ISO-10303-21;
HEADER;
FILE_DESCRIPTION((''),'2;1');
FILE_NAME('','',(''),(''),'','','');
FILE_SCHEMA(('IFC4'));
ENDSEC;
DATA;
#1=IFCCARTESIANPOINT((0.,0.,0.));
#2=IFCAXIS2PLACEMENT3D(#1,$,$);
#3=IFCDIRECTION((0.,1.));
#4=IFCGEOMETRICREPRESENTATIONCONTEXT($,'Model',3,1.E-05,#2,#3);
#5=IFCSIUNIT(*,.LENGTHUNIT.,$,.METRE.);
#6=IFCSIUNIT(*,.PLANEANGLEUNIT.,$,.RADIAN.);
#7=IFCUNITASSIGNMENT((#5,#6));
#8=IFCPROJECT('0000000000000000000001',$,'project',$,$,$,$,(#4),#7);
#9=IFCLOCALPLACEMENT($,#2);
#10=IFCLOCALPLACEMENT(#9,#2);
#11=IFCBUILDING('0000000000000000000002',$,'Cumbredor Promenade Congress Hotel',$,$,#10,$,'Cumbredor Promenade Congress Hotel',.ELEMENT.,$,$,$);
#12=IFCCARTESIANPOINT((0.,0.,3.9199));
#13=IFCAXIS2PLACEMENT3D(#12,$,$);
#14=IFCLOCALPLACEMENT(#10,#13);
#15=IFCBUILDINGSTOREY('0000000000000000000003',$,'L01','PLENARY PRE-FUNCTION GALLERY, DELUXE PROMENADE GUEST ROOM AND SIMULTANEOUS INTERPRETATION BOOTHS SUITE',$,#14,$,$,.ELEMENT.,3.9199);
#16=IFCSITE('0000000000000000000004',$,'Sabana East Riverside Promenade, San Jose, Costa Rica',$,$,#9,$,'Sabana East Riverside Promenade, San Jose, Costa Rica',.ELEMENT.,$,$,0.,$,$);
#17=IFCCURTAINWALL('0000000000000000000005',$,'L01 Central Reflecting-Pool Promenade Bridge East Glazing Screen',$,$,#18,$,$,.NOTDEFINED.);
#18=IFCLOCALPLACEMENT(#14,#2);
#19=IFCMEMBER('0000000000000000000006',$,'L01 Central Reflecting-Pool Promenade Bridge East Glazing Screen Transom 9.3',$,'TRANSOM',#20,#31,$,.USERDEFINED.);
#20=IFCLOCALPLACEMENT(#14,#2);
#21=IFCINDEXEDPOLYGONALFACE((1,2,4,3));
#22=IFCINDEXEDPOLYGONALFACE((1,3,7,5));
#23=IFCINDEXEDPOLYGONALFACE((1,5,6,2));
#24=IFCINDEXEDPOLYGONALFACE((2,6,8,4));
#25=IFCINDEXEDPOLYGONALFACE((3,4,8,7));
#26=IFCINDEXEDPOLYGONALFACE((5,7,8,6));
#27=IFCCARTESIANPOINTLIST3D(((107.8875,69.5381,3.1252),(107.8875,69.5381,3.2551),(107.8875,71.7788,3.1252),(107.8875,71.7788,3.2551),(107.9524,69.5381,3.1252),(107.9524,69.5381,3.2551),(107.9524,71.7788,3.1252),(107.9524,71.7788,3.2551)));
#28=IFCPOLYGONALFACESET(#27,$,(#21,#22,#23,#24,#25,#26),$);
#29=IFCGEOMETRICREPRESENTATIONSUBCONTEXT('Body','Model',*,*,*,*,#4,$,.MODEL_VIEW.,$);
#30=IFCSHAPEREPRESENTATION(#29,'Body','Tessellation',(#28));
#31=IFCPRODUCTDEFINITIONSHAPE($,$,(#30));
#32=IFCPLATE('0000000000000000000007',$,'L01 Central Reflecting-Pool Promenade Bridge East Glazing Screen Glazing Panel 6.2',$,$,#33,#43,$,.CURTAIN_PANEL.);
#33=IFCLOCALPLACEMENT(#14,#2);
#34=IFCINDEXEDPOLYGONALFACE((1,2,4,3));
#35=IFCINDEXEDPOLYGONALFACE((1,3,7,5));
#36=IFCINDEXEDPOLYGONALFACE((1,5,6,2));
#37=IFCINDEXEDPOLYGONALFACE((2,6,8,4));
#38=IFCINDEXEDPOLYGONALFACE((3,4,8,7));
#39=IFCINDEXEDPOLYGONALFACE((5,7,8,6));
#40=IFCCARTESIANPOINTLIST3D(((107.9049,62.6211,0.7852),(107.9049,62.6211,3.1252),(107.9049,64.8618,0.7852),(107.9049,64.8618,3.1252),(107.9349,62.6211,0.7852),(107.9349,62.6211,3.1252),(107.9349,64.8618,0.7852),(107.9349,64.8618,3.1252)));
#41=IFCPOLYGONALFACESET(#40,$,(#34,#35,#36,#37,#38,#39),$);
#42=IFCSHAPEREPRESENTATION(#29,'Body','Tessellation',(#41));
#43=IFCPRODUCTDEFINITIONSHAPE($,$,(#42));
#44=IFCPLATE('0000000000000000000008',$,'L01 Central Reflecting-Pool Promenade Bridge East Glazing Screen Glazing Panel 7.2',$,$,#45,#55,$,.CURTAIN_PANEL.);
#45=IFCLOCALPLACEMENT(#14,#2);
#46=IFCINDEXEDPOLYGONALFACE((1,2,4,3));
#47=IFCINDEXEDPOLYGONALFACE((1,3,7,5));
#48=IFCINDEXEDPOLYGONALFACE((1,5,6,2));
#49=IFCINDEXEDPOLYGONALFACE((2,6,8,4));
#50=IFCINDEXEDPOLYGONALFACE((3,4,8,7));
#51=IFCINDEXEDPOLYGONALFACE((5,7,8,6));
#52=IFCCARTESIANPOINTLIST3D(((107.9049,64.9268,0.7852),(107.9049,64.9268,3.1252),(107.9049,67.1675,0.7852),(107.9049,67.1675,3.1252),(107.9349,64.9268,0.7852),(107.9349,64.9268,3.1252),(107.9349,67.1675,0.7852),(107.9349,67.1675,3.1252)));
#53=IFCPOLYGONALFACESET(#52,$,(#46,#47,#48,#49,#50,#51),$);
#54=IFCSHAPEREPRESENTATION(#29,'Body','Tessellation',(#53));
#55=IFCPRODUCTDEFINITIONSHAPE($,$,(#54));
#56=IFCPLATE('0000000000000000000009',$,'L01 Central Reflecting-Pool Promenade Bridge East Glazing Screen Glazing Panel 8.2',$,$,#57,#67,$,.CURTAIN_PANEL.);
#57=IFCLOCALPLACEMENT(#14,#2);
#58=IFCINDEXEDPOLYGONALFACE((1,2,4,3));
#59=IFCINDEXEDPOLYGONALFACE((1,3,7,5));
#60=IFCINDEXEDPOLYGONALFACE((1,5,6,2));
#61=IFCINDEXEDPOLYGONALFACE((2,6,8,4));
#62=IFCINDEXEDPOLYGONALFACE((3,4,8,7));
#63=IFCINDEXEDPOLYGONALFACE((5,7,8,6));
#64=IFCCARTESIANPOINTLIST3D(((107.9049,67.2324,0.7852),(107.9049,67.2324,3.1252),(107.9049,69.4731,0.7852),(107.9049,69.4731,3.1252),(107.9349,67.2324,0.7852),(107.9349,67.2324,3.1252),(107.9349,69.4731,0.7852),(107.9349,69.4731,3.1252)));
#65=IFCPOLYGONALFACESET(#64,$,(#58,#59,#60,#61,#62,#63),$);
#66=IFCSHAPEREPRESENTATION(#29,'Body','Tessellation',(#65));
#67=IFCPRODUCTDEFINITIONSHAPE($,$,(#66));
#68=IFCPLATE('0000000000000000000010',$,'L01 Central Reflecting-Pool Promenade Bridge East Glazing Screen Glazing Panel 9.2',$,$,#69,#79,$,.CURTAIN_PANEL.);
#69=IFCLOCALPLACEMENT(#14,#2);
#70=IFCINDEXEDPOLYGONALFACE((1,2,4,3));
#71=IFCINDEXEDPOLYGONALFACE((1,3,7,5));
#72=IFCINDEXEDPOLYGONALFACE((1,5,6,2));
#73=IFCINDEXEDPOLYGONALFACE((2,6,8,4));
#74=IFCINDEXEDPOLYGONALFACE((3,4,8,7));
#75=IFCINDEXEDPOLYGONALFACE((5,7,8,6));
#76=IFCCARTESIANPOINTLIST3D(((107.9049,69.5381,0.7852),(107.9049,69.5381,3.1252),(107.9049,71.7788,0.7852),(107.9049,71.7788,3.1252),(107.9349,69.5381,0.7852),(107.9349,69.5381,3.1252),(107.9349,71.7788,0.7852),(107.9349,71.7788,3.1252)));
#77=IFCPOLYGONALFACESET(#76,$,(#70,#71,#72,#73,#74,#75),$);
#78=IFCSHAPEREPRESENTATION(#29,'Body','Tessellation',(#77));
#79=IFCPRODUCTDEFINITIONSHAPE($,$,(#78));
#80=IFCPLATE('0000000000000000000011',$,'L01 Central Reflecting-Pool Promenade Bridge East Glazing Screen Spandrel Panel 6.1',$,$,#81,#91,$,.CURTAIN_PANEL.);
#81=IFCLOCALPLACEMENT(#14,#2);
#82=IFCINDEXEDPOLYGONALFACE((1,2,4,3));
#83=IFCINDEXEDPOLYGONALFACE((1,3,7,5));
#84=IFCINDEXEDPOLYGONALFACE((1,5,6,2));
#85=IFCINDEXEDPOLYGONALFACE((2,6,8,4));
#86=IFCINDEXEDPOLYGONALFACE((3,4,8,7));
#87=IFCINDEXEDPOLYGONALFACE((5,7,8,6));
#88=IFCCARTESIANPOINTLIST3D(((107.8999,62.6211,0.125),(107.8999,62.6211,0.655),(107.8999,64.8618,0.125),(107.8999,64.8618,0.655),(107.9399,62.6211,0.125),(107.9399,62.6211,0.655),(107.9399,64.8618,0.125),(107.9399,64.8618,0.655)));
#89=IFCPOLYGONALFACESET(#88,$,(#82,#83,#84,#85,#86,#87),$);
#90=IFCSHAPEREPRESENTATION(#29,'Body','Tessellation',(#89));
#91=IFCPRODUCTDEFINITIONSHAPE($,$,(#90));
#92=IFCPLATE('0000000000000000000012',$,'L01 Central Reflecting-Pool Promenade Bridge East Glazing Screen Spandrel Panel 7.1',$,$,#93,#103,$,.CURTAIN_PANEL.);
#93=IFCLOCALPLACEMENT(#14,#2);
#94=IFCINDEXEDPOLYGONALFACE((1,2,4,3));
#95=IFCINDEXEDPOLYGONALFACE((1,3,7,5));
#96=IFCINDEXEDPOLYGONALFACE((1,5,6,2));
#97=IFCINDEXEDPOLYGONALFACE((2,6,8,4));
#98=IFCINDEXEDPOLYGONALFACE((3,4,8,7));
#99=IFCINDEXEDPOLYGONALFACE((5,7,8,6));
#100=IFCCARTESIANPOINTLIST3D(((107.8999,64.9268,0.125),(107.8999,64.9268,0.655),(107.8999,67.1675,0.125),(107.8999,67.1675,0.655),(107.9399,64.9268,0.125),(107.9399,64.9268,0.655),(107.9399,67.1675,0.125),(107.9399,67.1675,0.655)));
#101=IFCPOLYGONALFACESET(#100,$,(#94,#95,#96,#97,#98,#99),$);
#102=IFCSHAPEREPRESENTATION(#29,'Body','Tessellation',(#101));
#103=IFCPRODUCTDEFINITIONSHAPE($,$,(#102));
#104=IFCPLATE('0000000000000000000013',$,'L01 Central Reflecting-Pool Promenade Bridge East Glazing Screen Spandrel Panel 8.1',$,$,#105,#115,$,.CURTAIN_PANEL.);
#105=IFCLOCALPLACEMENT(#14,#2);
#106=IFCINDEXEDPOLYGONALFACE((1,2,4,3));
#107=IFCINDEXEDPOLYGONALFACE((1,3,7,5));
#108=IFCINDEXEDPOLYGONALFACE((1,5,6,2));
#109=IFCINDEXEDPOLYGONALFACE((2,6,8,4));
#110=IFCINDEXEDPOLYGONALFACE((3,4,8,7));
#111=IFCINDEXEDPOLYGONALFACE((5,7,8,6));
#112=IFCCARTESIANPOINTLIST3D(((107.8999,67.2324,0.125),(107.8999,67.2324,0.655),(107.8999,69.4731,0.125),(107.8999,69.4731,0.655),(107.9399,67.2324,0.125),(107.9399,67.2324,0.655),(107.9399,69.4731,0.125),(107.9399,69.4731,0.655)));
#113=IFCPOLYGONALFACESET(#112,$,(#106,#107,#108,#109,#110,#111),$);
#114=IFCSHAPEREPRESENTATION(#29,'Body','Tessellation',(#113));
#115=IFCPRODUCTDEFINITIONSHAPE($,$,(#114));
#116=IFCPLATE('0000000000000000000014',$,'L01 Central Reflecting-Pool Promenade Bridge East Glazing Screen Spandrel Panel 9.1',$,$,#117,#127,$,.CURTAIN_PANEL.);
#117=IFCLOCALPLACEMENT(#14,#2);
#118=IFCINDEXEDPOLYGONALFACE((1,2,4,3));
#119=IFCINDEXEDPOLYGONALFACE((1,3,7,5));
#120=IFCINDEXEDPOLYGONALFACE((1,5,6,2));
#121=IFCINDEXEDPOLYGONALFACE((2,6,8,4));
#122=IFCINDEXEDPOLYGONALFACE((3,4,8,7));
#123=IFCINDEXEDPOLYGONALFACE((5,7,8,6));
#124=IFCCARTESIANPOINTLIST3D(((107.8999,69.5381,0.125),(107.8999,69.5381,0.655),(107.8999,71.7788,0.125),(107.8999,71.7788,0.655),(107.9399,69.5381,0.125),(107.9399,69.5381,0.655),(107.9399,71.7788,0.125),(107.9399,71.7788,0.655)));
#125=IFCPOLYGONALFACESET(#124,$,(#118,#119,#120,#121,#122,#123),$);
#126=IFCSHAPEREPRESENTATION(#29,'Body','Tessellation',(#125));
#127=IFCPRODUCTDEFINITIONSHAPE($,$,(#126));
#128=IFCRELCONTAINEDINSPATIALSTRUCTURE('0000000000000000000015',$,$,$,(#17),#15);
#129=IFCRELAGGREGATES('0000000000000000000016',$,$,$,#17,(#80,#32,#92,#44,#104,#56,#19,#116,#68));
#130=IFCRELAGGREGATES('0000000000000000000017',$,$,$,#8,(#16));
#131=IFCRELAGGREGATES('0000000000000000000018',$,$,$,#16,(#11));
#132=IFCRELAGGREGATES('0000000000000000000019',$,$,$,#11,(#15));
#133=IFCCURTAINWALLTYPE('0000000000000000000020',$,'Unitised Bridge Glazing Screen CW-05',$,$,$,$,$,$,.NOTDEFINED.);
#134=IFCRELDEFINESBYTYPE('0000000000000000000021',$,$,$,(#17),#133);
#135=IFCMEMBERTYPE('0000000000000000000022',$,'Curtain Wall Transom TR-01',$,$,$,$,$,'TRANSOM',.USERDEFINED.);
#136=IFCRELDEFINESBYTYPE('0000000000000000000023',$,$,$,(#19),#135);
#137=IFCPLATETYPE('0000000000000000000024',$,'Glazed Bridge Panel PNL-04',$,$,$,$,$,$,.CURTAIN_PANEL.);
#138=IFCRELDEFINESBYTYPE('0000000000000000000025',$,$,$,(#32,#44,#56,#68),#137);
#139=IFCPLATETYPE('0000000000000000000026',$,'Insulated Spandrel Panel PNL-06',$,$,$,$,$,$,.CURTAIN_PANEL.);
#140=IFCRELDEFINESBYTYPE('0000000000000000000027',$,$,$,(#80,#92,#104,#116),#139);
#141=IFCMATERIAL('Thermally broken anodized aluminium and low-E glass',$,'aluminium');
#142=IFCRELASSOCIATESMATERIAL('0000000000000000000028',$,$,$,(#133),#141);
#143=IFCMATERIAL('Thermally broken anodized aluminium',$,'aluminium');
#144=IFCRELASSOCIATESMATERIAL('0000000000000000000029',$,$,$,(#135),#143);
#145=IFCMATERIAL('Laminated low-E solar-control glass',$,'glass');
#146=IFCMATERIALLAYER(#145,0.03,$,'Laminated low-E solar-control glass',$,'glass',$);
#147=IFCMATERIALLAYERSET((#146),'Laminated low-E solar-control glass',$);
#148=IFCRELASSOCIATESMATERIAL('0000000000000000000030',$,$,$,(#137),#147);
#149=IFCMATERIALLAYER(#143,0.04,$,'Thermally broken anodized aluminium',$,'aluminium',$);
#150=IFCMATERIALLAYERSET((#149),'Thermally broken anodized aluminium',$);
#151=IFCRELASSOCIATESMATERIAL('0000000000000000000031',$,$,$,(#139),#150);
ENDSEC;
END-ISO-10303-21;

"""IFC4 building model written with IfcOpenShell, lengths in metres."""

from ifc_helpers import new_model, si_unit, direction, frame, origin, origin_2d, place, context, subcontext, project, spatial, rectangle, extrude, material, layer, layer_set, material_profile, profile_set, type_object, element, aggregate, save


model = new_model("IFC4")

# Units and contexts
model_context = context("Model", 3, precision=1e-05, world=origin(), true_north=direction((0.0, 1.0)))
body_context = subcontext(model_context, "Body", "Model", "MODEL_VIEW")
ifc_project = project(units=[si_unit("LENGTHUNIT", "METRE"), si_unit("PLANEANGLEUNIT", "RADIAN")], contexts=[model_context])

# Site, building, storey
site_placement = place(None, origin())
site = spatial("IfcSite", under=ifc_project, at=site_placement, Name="Sabana East Riverside Promenade, San Jose, Costa Rica", LongName="Sabana East Riverside Promenade, San Jose, Costa Rica", CompositionType="ELEMENT", RefElevation=0.0)
building_placement = place(site_placement, origin())
building = spatial("IfcBuilding", under=site, at=building_placement, Name="Cumbredor Promenade Congress Hotel", LongName="Cumbredor Promenade Congress Hotel", CompositionType="ELEMENT")
storey_placement = place(building_placement, frame((0.0, 0.0, 3.9199)))
storey = spatial("IfcBuildingStorey", under=building, at=storey_placement, Name="L01", Description="PLENARY PRE-FUNCTION GALLERY, DELUXE PROMENADE GUEST ROOM AND SIMULTANEOUS INTERPRETATION BOOTHS SUITE", CompositionType="ELEMENT", Elevation=3.9199)

# Curtain wall, member, plates
ifc_material_1 = material(Name="Thermally broken anodized aluminium and low-E glass", Category="aluminium")
curtain_wall_type = type_object("IfcCurtainWallType", Name="Unitised Bridge Glazing Screen CW-05", PredefinedType="NOTDEFINED", material=ifc_material_1)
curtain_wall_placement = place(storey_placement, origin())
curtain_wall = element("IfcCurtainWall", 1, at=curtain_wall_placement, inside=storey, type_object=curtain_wall_type, Name="L01 Central Reflecting-Pool Promenade Bridge East Glazing Screen", PredefinedType="NOTDEFINED")
ifc_material_2 = material(Name="Thermally broken anodized aluminium", Category="aluminium")
ifc_material_profile_1 = material_profile(ifc_material_2, rectangle(XDim=0.0649, YDim=0.1299, at=origin_2d()), Name="ALU TRANSOM 65x130")
ifc_profile_set_1 = profile_set([ifc_material_profile_1], Name="Thermally broken anodized aluminium")
member_type_1 = type_object("IfcMemberType", Name="Curtain Wall Transom TR-01", ElementType="TRANSOM", PredefinedType="USERDEFINED", material=ifc_profile_set_1)
member_1_placement = place(storey_placement, frame((107.9199, 69.5381, 3.1902), z_axis=(0.0, 1.0, 0.0), x_axis=(-1.0, 0.0, 0.0)))
member_1 = element("IfcMember", 2, at=member_1_placement, type_object=member_type_1, Name="L01 Central Reflecting-Pool Promenade Bridge East Glazing Screen Transom 9.3", ObjectType="TRANSOM", PredefinedType="USERDEFINED", context=body_context, shape_type="SweptSolid", body=[
    extrude(rectangle(XDim=0.0649, YDim=0.1299, at=origin_2d()), origin(), (0.0, 0.0, 1.0), 2.2407),
])
ifc_material_3 = material(Name="Laminated low-E solar-control glass", Category="glass")
ifc_layer_1 = layer(ifc_material_3, 0.03, Name="Laminated low-E solar-control glass", Category="glass")
ifc_layer_set_1 = layer_set([ifc_layer_1], Name="Laminated low-E solar-control glass")
plate_type_1 = type_object("IfcPlateType", Name="Glazed Bridge Panel PNL-04", PredefinedType="CURTAIN_PANEL", material=ifc_layer_set_1)
plate_1_placement = place(storey_placement, frame((107.9199, 63.7415, 0.7852), z_axis=(0.0, 0.0, 1.0), x_axis=(0.0, 1.0, 0.0)))
plate_1 = element("IfcPlate", 3, at=plate_1_placement, type_object=plate_type_1, Name="L01 Central Reflecting-Pool Promenade Bridge East Glazing Screen Glazing Panel 6.2", PredefinedType="CURTAIN_PANEL", context=body_context, shape_type="SweptSolid", body=[
    extrude(rectangle(XDim=2.2407, YDim=0.03, at=origin_2d()), origin(), (0.0, 0.0, 1.0), 2.3401),
])
plate_2_placement = place(storey_placement, frame((107.9199, 66.0471, 0.7852), z_axis=(0.0, 0.0, 1.0), x_axis=(0.0, 1.0, 0.0)))
plate_2 = element("IfcPlate", 4, at=plate_2_placement, type_object=plate_type_1, Name="L01 Central Reflecting-Pool Promenade Bridge East Glazing Screen Glazing Panel 7.2", PredefinedType="CURTAIN_PANEL", context=body_context, shape_type="SweptSolid", body=[
    extrude(rectangle(XDim=2.2407, YDim=0.03, at=origin_2d()), origin(), (0.0, 0.0, 1.0), 2.3401),
])
plate_3_placement = place(storey_placement, frame((107.9199, 68.3528, 0.7852), z_axis=(0.0, 0.0, 1.0), x_axis=(0.0, 1.0, 0.0)))
plate_3 = element("IfcPlate", 5, at=plate_3_placement, type_object=plate_type_1, Name="L01 Central Reflecting-Pool Promenade Bridge East Glazing Screen Glazing Panel 8.2", PredefinedType="CURTAIN_PANEL", context=body_context, shape_type="SweptSolid", body=[
    extrude(rectangle(XDim=2.2407, YDim=0.03, at=origin_2d()), origin(), (0.0, 0.0, 1.0), 2.3401),
])
plate_4_placement = place(storey_placement, frame((107.9199, 70.6584, 0.7852), z_axis=(0.0, 0.0, 1.0), x_axis=(0.0, 1.0, 0.0)))
plate_4 = element("IfcPlate", 6, at=plate_4_placement, type_object=plate_type_1, Name="L01 Central Reflecting-Pool Promenade Bridge East Glazing Screen Glazing Panel 9.2", PredefinedType="CURTAIN_PANEL", context=body_context, shape_type="SweptSolid", body=[
    extrude(rectangle(XDim=2.2407, YDim=0.03, at=origin_2d()), origin(), (0.0, 0.0, 1.0), 2.3401),
])
ifc_layer_2 = layer(ifc_material_2, 0.04, Name="Thermally broken anodized aluminium", Category="aluminium")
ifc_layer_set_2 = layer_set([ifc_layer_2], Name="Thermally broken anodized aluminium")
plate_type_2 = type_object("IfcPlateType", Name="Insulated Spandrel Panel PNL-06", PredefinedType="CURTAIN_PANEL", material=ifc_layer_set_2)
plate_5_placement = place(storey_placement, frame((107.9199, 63.7415, 0.125), z_axis=(0.0, 0.0, 1.0), x_axis=(0.0, 1.0, 0.0)))
plate_5 = element("IfcPlate", 7, at=plate_5_placement, type_object=plate_type_2, Name="L01 Central Reflecting-Pool Promenade Bridge East Glazing Screen Spandrel Panel 6.1", PredefinedType="CURTAIN_PANEL", context=body_context, shape_type="SweptSolid", body=[
    extrude(rectangle(XDim=2.2407, YDim=0.04, at=origin_2d()), origin(), (0.0, 0.0, 1.0), 0.53),
])
plate_6_placement = place(storey_placement, frame((107.9199, 66.0471, 0.125), z_axis=(0.0, 0.0, 1.0), x_axis=(0.0, 1.0, 0.0)))
plate_6 = element("IfcPlate", 8, at=plate_6_placement, type_object=plate_type_2, Name="L01 Central Reflecting-Pool Promenade Bridge East Glazing Screen Spandrel Panel 7.1", PredefinedType="CURTAIN_PANEL", context=body_context, shape_type="SweptSolid", body=[
    extrude(rectangle(XDim=2.2407, YDim=0.04, at=origin_2d()), origin(), (0.0, 0.0, 1.0), 0.53),
])
plate_7_placement = place(storey_placement, frame((107.9199, 68.3528, 0.125), z_axis=(0.0, 0.0, 1.0), x_axis=(0.0, 1.0, 0.0)))
plate_7 = element("IfcPlate", 9, at=plate_7_placement, type_object=plate_type_2, Name="L01 Central Reflecting-Pool Promenade Bridge East Glazing Screen Spandrel Panel 8.1", PredefinedType="CURTAIN_PANEL", context=body_context, shape_type="SweptSolid", body=[
    extrude(rectangle(XDim=2.2407, YDim=0.04, at=origin_2d()), origin(), (0.0, 0.0, 1.0), 0.53),
])
plate_8_placement = place(storey_placement, frame((107.9199, 70.6584, 0.125), z_axis=(0.0, 0.0, 1.0), x_axis=(0.0, 1.0, 0.0)))
plate_8 = element("IfcPlate", 10, at=plate_8_placement, type_object=plate_type_2, Name="L01 Central Reflecting-Pool Promenade Bridge East Glazing Screen Spandrel Panel 9.1", PredefinedType="CURTAIN_PANEL", context=body_context, shape_type="SweptSolid", body=[
    extrude(rectangle(XDim=2.2407, YDim=0.04, at=origin_2d()), origin(), (0.0, 0.0, 1.0), 0.53),
])
aggregate(curtain_wall, [plate_5, plate_1, plate_6, plate_2, plate_7, plate_3, member_1, plate_8, plate_4])

save(model, "model.ifc")
